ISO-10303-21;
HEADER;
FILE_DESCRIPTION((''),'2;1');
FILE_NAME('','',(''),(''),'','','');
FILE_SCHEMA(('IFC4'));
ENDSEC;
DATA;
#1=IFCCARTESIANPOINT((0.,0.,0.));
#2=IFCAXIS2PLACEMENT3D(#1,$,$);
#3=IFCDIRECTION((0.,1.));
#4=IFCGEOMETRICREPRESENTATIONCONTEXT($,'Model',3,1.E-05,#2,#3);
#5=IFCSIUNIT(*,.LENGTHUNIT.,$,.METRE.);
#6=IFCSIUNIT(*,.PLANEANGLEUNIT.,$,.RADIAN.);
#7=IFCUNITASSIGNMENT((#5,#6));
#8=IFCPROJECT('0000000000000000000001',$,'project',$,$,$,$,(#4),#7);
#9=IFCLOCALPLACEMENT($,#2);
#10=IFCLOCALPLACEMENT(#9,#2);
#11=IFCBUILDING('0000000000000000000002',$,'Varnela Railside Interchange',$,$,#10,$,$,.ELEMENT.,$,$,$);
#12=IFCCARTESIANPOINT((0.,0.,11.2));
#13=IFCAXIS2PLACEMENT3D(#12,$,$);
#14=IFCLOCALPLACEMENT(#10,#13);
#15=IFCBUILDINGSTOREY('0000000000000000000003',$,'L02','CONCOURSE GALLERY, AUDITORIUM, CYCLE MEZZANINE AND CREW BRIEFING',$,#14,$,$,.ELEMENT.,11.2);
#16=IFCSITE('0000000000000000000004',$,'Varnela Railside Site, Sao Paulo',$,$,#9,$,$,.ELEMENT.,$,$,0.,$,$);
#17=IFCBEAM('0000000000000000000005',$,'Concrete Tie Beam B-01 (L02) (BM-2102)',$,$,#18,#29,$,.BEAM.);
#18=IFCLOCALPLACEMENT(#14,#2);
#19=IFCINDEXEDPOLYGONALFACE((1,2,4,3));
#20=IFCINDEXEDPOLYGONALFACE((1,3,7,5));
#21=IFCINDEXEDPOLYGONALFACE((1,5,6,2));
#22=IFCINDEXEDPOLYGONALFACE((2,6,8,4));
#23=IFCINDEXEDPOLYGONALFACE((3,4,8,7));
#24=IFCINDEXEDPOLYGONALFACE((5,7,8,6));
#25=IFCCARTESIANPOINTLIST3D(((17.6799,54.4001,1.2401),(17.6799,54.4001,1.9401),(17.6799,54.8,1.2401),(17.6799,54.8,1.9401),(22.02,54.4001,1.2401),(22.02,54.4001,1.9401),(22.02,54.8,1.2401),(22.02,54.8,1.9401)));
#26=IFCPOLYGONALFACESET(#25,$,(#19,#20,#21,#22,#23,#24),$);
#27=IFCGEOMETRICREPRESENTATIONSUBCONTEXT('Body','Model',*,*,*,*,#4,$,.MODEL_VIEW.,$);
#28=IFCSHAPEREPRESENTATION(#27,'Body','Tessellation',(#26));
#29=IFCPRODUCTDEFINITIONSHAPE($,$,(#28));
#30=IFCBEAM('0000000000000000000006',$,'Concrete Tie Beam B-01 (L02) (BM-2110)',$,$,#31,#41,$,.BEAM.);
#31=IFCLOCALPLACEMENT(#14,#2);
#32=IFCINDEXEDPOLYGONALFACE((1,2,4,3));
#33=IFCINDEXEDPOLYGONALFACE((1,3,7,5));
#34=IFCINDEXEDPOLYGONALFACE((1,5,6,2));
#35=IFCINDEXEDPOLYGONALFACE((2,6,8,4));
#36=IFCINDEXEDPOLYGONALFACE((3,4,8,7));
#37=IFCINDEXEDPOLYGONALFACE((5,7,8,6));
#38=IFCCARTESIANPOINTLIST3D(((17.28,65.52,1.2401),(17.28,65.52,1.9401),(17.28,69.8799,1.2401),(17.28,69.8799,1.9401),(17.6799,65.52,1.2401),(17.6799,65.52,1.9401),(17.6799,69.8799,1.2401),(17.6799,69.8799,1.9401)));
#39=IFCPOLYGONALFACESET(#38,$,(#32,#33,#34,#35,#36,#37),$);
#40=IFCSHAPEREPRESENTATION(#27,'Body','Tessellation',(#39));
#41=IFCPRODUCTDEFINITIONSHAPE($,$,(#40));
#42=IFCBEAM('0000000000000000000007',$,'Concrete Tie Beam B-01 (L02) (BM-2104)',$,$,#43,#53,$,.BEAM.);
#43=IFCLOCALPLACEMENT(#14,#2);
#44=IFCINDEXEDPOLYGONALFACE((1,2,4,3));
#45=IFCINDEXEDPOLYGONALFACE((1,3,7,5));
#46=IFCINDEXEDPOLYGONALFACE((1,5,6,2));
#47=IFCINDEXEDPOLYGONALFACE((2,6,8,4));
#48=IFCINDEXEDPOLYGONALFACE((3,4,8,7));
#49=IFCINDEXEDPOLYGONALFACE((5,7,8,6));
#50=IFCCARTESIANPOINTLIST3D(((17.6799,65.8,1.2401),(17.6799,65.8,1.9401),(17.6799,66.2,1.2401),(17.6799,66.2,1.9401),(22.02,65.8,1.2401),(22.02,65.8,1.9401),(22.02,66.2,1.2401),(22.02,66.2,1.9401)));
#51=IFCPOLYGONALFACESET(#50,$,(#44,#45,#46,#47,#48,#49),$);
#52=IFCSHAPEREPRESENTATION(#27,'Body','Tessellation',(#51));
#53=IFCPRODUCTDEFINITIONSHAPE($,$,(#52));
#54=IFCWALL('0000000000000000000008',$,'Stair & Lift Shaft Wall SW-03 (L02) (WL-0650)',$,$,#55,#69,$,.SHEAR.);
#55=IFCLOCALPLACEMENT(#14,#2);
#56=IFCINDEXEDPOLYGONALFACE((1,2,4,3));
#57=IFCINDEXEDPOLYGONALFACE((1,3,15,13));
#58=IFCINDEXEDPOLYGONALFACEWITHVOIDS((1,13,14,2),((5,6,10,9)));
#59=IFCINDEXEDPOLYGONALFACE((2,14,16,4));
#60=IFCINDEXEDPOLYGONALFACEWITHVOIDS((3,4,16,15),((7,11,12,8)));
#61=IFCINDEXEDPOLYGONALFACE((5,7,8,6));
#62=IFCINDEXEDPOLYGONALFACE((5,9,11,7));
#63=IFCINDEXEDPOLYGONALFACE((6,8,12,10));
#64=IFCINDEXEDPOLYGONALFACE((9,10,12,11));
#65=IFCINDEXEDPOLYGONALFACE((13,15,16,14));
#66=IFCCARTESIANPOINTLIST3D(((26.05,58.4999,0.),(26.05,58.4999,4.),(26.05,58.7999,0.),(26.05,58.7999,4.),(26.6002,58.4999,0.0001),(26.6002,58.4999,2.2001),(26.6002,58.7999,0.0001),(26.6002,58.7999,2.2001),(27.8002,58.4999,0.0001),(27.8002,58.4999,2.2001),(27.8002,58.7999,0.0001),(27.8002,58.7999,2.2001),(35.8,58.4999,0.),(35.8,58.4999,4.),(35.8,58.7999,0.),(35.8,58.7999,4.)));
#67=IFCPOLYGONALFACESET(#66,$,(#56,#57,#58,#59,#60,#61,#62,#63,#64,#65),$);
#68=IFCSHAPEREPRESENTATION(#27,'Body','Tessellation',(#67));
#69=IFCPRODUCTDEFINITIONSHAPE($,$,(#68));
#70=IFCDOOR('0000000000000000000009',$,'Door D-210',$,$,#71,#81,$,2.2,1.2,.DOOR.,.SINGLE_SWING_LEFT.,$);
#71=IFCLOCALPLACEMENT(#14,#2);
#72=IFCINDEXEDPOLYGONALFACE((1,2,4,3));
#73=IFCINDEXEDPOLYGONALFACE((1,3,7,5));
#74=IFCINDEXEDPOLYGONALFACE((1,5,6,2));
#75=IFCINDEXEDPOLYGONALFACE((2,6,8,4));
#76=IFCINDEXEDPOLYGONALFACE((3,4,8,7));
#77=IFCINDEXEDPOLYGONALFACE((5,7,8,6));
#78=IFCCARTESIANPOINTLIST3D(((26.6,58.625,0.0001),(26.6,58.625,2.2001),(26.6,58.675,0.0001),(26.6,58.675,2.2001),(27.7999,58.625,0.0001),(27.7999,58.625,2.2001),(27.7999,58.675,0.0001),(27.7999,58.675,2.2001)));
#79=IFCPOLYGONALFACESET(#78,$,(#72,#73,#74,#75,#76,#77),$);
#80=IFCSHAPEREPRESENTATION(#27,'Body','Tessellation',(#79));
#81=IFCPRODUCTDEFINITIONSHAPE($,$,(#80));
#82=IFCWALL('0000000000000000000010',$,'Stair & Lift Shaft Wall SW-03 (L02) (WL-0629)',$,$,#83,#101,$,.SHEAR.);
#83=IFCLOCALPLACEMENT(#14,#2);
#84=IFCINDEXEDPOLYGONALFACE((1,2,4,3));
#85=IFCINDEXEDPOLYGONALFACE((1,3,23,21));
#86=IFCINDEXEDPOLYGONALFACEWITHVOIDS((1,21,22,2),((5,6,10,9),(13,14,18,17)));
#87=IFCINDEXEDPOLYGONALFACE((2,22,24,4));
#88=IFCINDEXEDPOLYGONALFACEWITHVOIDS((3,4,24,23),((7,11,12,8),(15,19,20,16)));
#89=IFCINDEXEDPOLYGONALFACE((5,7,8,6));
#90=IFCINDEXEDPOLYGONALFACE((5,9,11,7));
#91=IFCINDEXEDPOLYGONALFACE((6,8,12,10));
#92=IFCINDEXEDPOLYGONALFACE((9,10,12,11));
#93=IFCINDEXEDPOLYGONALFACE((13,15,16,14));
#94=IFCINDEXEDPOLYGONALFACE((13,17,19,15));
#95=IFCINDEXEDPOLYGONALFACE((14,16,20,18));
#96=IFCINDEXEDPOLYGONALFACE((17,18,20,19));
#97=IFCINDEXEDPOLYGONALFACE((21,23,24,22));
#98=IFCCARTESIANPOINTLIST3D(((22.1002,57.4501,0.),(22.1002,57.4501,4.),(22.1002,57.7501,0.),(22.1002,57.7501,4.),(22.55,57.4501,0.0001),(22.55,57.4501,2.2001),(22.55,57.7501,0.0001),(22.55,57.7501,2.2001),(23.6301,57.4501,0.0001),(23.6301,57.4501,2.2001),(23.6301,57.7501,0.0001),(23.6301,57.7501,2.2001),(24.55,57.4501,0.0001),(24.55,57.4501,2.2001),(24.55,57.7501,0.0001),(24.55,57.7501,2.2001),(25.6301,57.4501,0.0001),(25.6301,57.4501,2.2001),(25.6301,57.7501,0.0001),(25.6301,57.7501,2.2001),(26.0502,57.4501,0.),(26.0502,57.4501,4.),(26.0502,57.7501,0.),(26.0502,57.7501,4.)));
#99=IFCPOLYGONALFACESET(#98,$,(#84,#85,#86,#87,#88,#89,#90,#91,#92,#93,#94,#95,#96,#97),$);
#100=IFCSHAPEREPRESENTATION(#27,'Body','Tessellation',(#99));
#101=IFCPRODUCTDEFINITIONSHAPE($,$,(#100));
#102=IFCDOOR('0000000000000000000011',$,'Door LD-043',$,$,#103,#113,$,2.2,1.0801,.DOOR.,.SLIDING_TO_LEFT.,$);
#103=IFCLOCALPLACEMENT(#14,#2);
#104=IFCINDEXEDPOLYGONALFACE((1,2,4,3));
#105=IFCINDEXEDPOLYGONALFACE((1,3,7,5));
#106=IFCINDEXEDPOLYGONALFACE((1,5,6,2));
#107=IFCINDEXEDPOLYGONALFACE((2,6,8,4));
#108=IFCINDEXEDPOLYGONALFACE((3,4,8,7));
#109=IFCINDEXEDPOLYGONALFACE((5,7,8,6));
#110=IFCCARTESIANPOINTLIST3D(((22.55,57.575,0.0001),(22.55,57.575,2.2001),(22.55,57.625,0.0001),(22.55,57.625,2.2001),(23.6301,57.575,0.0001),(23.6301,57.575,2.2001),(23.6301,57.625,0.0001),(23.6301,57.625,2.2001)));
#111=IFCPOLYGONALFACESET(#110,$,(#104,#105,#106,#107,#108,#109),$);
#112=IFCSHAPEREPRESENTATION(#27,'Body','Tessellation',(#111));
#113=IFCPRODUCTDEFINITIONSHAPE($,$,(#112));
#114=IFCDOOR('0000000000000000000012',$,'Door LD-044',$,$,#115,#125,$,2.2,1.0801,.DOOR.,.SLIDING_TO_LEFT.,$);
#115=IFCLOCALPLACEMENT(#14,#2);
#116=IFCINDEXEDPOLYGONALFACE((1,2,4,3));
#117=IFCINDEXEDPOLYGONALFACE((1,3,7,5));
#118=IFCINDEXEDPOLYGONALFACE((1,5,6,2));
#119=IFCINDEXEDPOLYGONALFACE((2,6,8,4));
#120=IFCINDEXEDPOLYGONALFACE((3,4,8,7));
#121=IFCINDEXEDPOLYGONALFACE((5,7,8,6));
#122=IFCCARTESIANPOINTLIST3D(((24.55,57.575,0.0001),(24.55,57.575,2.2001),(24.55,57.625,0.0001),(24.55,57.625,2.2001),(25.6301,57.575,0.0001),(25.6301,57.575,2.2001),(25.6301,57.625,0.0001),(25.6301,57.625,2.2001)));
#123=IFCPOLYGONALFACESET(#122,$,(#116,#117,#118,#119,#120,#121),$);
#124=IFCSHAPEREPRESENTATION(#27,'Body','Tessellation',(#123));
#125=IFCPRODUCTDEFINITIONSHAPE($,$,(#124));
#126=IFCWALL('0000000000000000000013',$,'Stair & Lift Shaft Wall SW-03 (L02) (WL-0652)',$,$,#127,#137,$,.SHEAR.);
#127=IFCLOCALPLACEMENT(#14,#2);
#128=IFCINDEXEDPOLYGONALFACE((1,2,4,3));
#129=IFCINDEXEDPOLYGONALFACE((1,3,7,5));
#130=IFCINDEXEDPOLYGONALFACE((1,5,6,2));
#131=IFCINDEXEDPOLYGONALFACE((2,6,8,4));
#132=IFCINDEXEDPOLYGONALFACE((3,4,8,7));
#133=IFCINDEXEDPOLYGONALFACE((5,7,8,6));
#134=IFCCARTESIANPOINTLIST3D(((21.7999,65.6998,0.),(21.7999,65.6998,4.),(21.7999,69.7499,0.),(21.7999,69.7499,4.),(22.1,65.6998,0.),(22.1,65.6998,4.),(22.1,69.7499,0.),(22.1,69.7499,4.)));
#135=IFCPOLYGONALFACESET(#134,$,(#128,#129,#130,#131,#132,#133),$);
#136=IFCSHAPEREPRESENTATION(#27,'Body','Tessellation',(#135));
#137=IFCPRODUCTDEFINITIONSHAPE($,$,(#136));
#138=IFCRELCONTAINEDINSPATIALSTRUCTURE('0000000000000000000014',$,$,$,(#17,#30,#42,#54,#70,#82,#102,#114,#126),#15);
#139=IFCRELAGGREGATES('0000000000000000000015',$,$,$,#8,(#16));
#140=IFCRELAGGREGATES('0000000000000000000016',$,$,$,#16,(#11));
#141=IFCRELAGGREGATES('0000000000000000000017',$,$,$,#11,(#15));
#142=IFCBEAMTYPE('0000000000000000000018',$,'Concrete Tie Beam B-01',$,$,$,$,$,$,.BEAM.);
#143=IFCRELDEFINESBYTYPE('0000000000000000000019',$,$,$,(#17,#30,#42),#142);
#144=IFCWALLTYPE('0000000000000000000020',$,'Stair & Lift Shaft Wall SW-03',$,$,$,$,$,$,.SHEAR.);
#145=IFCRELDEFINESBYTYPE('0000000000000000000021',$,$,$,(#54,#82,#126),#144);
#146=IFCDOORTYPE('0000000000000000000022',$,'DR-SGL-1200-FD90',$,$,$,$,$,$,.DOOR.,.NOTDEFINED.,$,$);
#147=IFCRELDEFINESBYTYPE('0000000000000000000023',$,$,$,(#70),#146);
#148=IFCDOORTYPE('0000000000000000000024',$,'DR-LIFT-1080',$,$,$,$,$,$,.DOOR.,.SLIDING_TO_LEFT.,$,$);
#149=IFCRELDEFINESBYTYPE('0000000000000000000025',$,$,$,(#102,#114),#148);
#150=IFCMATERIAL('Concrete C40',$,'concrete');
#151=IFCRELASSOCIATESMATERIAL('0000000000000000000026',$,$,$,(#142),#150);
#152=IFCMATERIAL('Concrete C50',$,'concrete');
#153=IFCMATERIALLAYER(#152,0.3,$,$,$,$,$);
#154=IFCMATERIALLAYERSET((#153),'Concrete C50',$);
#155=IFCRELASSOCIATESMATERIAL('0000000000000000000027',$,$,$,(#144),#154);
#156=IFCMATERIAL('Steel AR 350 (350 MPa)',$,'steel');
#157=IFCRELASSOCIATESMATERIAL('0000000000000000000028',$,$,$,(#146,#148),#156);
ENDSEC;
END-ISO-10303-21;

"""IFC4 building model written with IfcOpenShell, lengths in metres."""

from ifc_helpers import new_model, si_unit, direction, frame, frame_2d, origin, origin_2d, place, context, subcontext, project, spatial, rectangle, extrude, material, layer, layer_set, material_profile, profile_set, type_object, element, fill, save


model = new_model("IFC4")

# Units and contexts
model_context = context("Model", 3, precision=1e-05, world=origin(), true_north=direction((0.0, 1.0)))
body_context = subcontext(model_context, "Body", "Model", "MODEL_VIEW")
ifc_project = project(units=[si_unit("LENGTHUNIT", "METRE"), si_unit("PLANEANGLEUNIT", "RADIAN")], contexts=[model_context])

# Site, building, storey
site_placement = place(None, origin())
site = spatial("IfcSite", under=ifc_project, at=site_placement, Name="Varnela Railside Site, Sao Paulo", CompositionType="ELEMENT", RefElevation=0.0)
building_placement = place(site_placement, origin())
building = spatial("IfcBuilding", under=site, at=building_placement, Name="Varnela Railside Interchange", CompositionType="ELEMENT")
storey_placement = place(building_placement, frame((0.0, 0.0, 11.2)))
storey = spatial("IfcBuildingStorey", under=building, at=storey_placement, Name="L02", Description="CONCOURSE GALLERY, AUDITORIUM, CYCLE MEZZANINE AND CREW BRIEFING", CompositionType="ELEMENT", Elevation=11.2)

# Beams
ifc_material_1 = material(Name="Concrete C40", Category="concrete")
ifc_material_profile = material_profile(ifc_material_1, rectangle(XDim=0.3999, YDim=0.7, at=origin_2d()), Name="RC 400x700")
ifc_profile_set = profile_set([ifc_material_profile], Name="Concrete C40")
beam_type = type_object("IfcBeamType", Name="Concrete Tie Beam B-01", PredefinedType="BEAM", material=ifc_profile_set)
beam_1_placement = place(storey_placement, frame((17.6799, 54.6001, 1.5901), z_axis=(1.0, 0.0, 0.0), x_axis=(0.0, 1.0, 0.0)))
element("IfcBeam", 1, at=beam_1_placement, inside=storey, type_object=beam_type, Name="Concrete Tie Beam B-01 (L02) (BM-2102)", PredefinedType="BEAM", context=body_context, shape_type="SweptSolid", body=[
    extrude(rectangle(XDim=0.3999, YDim=0.7, at=origin_2d()), origin(), (0.0, 0.0, 1.0), 4.3401),
])
beam_2_placement = place(storey_placement, frame((17.48, 65.52, 1.5901), z_axis=(0.0, 1.0, 0.0), x_axis=(-1.0, 0.0, 0.0)))
element("IfcBeam", 2, at=beam_2_placement, inside=storey, type_object=beam_type, Name="Concrete Tie Beam B-01 (L02) (BM-2110)", PredefinedType="BEAM", context=body_context, shape_type="SweptSolid", body=[
    extrude(rectangle(XDim=0.3999, YDim=0.7, at=origin_2d()), origin(), (0.0, 0.0, 1.0), 4.3599),
])
beam_3_placement = place(storey_placement, frame((17.6799, 66.0, 1.5901), z_axis=(1.0, 0.0, 0.0), x_axis=(0.0, 1.0, 0.0)))
element("IfcBeam", 3, at=beam_3_placement, inside=storey, type_object=beam_type, Name="Concrete Tie Beam B-01 (L02) (BM-2104)", PredefinedType="BEAM", context=body_context, shape_type="SweptSolid", body=[
    extrude(rectangle(XDim=0.3999, YDim=0.7, at=origin_2d()), origin(), (0.0, 0.0, 1.0), 4.3401),
])

# Wall, opening, door
ifc_material_2 = material(Name="Concrete C50", Category="concrete")
ifc_layer = layer(ifc_material_2, 0.3)
ifc_layer_set = layer_set([ifc_layer], Name="Concrete C50")
wall_type = type_object("IfcWallType", Name="Stair & Lift Shaft Wall SW-03", PredefinedType="SHEAR", material=ifc_layer_set)
wall_1_placement = place(storey_placement, frame((26.05, 58.6499, 0.0), z_axis=(0.0, 0.0, 1.0), x_axis=(1.0, 0.0, 0.0)))
wall_1 = element("IfcWall", 4, at=wall_1_placement, inside=storey, type_object=wall_type, Name="Stair & Lift Shaft Wall SW-03 (L02) (WL-0650)", PredefinedType="SHEAR", context=body_context, shape_type="SweptSolid", body=[
    extrude(rectangle(XDim=9.75, YDim=0.3, at=frame_2d((4.875, 0.0))), origin(), (0.0, 0.0, 1.0), 4.0),
])
opening_1_placement = place(wall_1_placement, frame((0.55, 0.0, 0.0)))
opening_1 = element("IfcOpeningElement", 5, at=opening_1_placement, cuts=wall_1, PredefinedType="OPENING", context=body_context, shape_type="SweptSolid", body=[
    extrude(rectangle(XDim=1.2, YDim=2.2, at=frame_2d((0.6001, 1.1001))), frame((0.0, 0.1599, 0.0), z_axis=(0.0, -1.0, 0.0), x_axis=(1.0, 0.0, 0.0)), (0.0, 0.0, 1.0), 0.3201),
])
ifc_material_3 = material(Name="Steel AR 350 (350 MPa)", Category="steel")
door_type_1 = type_object("IfcDoorType", Name="DR-SGL-1200-FD90", OperationType="NOTDEFINED", PredefinedType="DOOR", material=ifc_material_3)
door_1_placement = place(opening_1_placement, frame((1.2, 0.0, 0.0), z_axis=(0.0, 0.0, 1.0), x_axis=(-1.0, 0.0, 0.0)))
door_1 = element("IfcDoor", 6, at=door_1_placement, inside=storey, type_object=door_type_1, Name="Door D-210", OperationType="SINGLE_SWING_LEFT", OverallHeight=2.2, OverallWidth=1.2, PredefinedType="DOOR", context=body_context, shape_type="SweptSolid", body=[
    extrude(rectangle(XDim=1.2, YDim=2.2, at=frame_2d((0.6001, 1.1001))), frame((0.0, 0.0249, 0.0), z_axis=(0.0, -1.0, 0.0), x_axis=(1.0, 0.0, 0.0)), (0.0, 0.0, 1.0), 0.05),
])
fill(opening_1, door_1)

# Wall, openings, doors
wall_2_placement = place(storey_placement, frame((22.1001, 57.6001, 0.0), z_axis=(0.0, 0.0, 1.0), x_axis=(1.0, 0.0, 0.0)))
wall_2 = element("IfcWall", 7, at=wall_2_placement, inside=storey, type_object=wall_type, Name="Stair & Lift Shaft Wall SW-03 (L02) (WL-0629)", PredefinedType="SHEAR", context=body_context, shape_type="SweptSolid", body=[
    extrude(rectangle(XDim=3.95, YDim=0.3, at=frame_2d((1.9751, 0.0))), origin(), (0.0, 0.0, 1.0), 4.0),
])
opening_2_placement = place(wall_2_placement, frame((0.45, 0.0, 0.0)))
opening_2 = element("IfcOpeningElement", 8, at=opening_2_placement, cuts=wall_2, PredefinedType="OPENING", context=body_context, shape_type="SweptSolid", body=[
    extrude(rectangle(XDim=1.0801, YDim=2.2, at=frame_2d((0.54, 1.1001))), frame((0.0, 0.1599, 0.0), z_axis=(0.0, -1.0, 0.0), x_axis=(1.0, 0.0, 0.0)), (0.0, 0.0, 1.0), 0.3201),
])
opening_3_placement = place(wall_2_placement, frame((2.45, 0.0, 0.0)))
opening_3 = element("IfcOpeningElement", 9, at=opening_3_placement, cuts=wall_2, PredefinedType="OPENING", context=body_context, shape_type="SweptSolid", body=[
    extrude(rectangle(XDim=1.0801, YDim=2.2, at=frame_2d((0.54, 1.1001))), frame((0.0, 0.1599, 0.0), z_axis=(0.0, -1.0, 0.0), x_axis=(1.0, 0.0, 0.0)), (0.0, 0.0, 1.0), 0.3201),
])
door_type_2 = type_object("IfcDoorType", Name="DR-LIFT-1080", OperationType="SLIDING_TO_LEFT", PredefinedType="DOOR", material=ifc_material_3)
door_2_placement = place(opening_2_placement, origin())
door_2 = element("IfcDoor", 10, at=door_2_placement, inside=storey, type_object=door_type_2, Name="Door LD-043", OperationType="SLIDING_TO_LEFT", OverallHeight=2.2, OverallWidth=1.0801, PredefinedType="DOOR", context=body_context, shape_type="SweptSolid", body=[
    extrude(rectangle(XDim=1.0801, YDim=2.2, at=frame_2d((0.54, 1.1001))), frame((0.0, 0.0249, 0.0), z_axis=(0.0, -1.0, 0.0), x_axis=(1.0, 0.0, 0.0)), (0.0, 0.0, 1.0), 0.05),
])
fill(opening_2, door_2)
door_3_placement = place(opening_3_placement, origin())
door_3 = element("IfcDoor", 11, at=door_3_placement, inside=storey, type_object=door_type_2, Name="Door LD-044", OperationType="SLIDING_TO_LEFT", OverallHeight=2.2, OverallWidth=1.0801, PredefinedType="DOOR", context=body_context, shape_type="SweptSolid", body=[
    extrude(rectangle(XDim=1.0801, YDim=2.2, at=frame_2d((0.54, 1.1001))), frame((0.0, 0.0249, 0.0), z_axis=(0.0, -1.0, 0.0), x_axis=(1.0, 0.0, 0.0)), (0.0, 0.0, 1.0), 0.05),
])
fill(opening_3, door_3)

# Wall
wall_3_placement = place(storey_placement, frame((21.95, 65.7, 0.0), z_axis=(0.0, 0.0, 1.0), x_axis=(0.0, 1.0, 0.0)))
element("IfcWall", 12, at=wall_3_placement, inside=storey, type_object=wall_type, Name="Stair & Lift Shaft Wall SW-03 (L02) (WL-0652)", PredefinedType="SHEAR", context=body_context, shape_type="SweptSolid", body=[
    extrude(rectangle(XDim=4.05, YDim=0.3, at=frame_2d((2.0249, 0.0))), origin(), (0.0, 0.0, 1.0), 4.0),
])

save(model, "model.ifc")
